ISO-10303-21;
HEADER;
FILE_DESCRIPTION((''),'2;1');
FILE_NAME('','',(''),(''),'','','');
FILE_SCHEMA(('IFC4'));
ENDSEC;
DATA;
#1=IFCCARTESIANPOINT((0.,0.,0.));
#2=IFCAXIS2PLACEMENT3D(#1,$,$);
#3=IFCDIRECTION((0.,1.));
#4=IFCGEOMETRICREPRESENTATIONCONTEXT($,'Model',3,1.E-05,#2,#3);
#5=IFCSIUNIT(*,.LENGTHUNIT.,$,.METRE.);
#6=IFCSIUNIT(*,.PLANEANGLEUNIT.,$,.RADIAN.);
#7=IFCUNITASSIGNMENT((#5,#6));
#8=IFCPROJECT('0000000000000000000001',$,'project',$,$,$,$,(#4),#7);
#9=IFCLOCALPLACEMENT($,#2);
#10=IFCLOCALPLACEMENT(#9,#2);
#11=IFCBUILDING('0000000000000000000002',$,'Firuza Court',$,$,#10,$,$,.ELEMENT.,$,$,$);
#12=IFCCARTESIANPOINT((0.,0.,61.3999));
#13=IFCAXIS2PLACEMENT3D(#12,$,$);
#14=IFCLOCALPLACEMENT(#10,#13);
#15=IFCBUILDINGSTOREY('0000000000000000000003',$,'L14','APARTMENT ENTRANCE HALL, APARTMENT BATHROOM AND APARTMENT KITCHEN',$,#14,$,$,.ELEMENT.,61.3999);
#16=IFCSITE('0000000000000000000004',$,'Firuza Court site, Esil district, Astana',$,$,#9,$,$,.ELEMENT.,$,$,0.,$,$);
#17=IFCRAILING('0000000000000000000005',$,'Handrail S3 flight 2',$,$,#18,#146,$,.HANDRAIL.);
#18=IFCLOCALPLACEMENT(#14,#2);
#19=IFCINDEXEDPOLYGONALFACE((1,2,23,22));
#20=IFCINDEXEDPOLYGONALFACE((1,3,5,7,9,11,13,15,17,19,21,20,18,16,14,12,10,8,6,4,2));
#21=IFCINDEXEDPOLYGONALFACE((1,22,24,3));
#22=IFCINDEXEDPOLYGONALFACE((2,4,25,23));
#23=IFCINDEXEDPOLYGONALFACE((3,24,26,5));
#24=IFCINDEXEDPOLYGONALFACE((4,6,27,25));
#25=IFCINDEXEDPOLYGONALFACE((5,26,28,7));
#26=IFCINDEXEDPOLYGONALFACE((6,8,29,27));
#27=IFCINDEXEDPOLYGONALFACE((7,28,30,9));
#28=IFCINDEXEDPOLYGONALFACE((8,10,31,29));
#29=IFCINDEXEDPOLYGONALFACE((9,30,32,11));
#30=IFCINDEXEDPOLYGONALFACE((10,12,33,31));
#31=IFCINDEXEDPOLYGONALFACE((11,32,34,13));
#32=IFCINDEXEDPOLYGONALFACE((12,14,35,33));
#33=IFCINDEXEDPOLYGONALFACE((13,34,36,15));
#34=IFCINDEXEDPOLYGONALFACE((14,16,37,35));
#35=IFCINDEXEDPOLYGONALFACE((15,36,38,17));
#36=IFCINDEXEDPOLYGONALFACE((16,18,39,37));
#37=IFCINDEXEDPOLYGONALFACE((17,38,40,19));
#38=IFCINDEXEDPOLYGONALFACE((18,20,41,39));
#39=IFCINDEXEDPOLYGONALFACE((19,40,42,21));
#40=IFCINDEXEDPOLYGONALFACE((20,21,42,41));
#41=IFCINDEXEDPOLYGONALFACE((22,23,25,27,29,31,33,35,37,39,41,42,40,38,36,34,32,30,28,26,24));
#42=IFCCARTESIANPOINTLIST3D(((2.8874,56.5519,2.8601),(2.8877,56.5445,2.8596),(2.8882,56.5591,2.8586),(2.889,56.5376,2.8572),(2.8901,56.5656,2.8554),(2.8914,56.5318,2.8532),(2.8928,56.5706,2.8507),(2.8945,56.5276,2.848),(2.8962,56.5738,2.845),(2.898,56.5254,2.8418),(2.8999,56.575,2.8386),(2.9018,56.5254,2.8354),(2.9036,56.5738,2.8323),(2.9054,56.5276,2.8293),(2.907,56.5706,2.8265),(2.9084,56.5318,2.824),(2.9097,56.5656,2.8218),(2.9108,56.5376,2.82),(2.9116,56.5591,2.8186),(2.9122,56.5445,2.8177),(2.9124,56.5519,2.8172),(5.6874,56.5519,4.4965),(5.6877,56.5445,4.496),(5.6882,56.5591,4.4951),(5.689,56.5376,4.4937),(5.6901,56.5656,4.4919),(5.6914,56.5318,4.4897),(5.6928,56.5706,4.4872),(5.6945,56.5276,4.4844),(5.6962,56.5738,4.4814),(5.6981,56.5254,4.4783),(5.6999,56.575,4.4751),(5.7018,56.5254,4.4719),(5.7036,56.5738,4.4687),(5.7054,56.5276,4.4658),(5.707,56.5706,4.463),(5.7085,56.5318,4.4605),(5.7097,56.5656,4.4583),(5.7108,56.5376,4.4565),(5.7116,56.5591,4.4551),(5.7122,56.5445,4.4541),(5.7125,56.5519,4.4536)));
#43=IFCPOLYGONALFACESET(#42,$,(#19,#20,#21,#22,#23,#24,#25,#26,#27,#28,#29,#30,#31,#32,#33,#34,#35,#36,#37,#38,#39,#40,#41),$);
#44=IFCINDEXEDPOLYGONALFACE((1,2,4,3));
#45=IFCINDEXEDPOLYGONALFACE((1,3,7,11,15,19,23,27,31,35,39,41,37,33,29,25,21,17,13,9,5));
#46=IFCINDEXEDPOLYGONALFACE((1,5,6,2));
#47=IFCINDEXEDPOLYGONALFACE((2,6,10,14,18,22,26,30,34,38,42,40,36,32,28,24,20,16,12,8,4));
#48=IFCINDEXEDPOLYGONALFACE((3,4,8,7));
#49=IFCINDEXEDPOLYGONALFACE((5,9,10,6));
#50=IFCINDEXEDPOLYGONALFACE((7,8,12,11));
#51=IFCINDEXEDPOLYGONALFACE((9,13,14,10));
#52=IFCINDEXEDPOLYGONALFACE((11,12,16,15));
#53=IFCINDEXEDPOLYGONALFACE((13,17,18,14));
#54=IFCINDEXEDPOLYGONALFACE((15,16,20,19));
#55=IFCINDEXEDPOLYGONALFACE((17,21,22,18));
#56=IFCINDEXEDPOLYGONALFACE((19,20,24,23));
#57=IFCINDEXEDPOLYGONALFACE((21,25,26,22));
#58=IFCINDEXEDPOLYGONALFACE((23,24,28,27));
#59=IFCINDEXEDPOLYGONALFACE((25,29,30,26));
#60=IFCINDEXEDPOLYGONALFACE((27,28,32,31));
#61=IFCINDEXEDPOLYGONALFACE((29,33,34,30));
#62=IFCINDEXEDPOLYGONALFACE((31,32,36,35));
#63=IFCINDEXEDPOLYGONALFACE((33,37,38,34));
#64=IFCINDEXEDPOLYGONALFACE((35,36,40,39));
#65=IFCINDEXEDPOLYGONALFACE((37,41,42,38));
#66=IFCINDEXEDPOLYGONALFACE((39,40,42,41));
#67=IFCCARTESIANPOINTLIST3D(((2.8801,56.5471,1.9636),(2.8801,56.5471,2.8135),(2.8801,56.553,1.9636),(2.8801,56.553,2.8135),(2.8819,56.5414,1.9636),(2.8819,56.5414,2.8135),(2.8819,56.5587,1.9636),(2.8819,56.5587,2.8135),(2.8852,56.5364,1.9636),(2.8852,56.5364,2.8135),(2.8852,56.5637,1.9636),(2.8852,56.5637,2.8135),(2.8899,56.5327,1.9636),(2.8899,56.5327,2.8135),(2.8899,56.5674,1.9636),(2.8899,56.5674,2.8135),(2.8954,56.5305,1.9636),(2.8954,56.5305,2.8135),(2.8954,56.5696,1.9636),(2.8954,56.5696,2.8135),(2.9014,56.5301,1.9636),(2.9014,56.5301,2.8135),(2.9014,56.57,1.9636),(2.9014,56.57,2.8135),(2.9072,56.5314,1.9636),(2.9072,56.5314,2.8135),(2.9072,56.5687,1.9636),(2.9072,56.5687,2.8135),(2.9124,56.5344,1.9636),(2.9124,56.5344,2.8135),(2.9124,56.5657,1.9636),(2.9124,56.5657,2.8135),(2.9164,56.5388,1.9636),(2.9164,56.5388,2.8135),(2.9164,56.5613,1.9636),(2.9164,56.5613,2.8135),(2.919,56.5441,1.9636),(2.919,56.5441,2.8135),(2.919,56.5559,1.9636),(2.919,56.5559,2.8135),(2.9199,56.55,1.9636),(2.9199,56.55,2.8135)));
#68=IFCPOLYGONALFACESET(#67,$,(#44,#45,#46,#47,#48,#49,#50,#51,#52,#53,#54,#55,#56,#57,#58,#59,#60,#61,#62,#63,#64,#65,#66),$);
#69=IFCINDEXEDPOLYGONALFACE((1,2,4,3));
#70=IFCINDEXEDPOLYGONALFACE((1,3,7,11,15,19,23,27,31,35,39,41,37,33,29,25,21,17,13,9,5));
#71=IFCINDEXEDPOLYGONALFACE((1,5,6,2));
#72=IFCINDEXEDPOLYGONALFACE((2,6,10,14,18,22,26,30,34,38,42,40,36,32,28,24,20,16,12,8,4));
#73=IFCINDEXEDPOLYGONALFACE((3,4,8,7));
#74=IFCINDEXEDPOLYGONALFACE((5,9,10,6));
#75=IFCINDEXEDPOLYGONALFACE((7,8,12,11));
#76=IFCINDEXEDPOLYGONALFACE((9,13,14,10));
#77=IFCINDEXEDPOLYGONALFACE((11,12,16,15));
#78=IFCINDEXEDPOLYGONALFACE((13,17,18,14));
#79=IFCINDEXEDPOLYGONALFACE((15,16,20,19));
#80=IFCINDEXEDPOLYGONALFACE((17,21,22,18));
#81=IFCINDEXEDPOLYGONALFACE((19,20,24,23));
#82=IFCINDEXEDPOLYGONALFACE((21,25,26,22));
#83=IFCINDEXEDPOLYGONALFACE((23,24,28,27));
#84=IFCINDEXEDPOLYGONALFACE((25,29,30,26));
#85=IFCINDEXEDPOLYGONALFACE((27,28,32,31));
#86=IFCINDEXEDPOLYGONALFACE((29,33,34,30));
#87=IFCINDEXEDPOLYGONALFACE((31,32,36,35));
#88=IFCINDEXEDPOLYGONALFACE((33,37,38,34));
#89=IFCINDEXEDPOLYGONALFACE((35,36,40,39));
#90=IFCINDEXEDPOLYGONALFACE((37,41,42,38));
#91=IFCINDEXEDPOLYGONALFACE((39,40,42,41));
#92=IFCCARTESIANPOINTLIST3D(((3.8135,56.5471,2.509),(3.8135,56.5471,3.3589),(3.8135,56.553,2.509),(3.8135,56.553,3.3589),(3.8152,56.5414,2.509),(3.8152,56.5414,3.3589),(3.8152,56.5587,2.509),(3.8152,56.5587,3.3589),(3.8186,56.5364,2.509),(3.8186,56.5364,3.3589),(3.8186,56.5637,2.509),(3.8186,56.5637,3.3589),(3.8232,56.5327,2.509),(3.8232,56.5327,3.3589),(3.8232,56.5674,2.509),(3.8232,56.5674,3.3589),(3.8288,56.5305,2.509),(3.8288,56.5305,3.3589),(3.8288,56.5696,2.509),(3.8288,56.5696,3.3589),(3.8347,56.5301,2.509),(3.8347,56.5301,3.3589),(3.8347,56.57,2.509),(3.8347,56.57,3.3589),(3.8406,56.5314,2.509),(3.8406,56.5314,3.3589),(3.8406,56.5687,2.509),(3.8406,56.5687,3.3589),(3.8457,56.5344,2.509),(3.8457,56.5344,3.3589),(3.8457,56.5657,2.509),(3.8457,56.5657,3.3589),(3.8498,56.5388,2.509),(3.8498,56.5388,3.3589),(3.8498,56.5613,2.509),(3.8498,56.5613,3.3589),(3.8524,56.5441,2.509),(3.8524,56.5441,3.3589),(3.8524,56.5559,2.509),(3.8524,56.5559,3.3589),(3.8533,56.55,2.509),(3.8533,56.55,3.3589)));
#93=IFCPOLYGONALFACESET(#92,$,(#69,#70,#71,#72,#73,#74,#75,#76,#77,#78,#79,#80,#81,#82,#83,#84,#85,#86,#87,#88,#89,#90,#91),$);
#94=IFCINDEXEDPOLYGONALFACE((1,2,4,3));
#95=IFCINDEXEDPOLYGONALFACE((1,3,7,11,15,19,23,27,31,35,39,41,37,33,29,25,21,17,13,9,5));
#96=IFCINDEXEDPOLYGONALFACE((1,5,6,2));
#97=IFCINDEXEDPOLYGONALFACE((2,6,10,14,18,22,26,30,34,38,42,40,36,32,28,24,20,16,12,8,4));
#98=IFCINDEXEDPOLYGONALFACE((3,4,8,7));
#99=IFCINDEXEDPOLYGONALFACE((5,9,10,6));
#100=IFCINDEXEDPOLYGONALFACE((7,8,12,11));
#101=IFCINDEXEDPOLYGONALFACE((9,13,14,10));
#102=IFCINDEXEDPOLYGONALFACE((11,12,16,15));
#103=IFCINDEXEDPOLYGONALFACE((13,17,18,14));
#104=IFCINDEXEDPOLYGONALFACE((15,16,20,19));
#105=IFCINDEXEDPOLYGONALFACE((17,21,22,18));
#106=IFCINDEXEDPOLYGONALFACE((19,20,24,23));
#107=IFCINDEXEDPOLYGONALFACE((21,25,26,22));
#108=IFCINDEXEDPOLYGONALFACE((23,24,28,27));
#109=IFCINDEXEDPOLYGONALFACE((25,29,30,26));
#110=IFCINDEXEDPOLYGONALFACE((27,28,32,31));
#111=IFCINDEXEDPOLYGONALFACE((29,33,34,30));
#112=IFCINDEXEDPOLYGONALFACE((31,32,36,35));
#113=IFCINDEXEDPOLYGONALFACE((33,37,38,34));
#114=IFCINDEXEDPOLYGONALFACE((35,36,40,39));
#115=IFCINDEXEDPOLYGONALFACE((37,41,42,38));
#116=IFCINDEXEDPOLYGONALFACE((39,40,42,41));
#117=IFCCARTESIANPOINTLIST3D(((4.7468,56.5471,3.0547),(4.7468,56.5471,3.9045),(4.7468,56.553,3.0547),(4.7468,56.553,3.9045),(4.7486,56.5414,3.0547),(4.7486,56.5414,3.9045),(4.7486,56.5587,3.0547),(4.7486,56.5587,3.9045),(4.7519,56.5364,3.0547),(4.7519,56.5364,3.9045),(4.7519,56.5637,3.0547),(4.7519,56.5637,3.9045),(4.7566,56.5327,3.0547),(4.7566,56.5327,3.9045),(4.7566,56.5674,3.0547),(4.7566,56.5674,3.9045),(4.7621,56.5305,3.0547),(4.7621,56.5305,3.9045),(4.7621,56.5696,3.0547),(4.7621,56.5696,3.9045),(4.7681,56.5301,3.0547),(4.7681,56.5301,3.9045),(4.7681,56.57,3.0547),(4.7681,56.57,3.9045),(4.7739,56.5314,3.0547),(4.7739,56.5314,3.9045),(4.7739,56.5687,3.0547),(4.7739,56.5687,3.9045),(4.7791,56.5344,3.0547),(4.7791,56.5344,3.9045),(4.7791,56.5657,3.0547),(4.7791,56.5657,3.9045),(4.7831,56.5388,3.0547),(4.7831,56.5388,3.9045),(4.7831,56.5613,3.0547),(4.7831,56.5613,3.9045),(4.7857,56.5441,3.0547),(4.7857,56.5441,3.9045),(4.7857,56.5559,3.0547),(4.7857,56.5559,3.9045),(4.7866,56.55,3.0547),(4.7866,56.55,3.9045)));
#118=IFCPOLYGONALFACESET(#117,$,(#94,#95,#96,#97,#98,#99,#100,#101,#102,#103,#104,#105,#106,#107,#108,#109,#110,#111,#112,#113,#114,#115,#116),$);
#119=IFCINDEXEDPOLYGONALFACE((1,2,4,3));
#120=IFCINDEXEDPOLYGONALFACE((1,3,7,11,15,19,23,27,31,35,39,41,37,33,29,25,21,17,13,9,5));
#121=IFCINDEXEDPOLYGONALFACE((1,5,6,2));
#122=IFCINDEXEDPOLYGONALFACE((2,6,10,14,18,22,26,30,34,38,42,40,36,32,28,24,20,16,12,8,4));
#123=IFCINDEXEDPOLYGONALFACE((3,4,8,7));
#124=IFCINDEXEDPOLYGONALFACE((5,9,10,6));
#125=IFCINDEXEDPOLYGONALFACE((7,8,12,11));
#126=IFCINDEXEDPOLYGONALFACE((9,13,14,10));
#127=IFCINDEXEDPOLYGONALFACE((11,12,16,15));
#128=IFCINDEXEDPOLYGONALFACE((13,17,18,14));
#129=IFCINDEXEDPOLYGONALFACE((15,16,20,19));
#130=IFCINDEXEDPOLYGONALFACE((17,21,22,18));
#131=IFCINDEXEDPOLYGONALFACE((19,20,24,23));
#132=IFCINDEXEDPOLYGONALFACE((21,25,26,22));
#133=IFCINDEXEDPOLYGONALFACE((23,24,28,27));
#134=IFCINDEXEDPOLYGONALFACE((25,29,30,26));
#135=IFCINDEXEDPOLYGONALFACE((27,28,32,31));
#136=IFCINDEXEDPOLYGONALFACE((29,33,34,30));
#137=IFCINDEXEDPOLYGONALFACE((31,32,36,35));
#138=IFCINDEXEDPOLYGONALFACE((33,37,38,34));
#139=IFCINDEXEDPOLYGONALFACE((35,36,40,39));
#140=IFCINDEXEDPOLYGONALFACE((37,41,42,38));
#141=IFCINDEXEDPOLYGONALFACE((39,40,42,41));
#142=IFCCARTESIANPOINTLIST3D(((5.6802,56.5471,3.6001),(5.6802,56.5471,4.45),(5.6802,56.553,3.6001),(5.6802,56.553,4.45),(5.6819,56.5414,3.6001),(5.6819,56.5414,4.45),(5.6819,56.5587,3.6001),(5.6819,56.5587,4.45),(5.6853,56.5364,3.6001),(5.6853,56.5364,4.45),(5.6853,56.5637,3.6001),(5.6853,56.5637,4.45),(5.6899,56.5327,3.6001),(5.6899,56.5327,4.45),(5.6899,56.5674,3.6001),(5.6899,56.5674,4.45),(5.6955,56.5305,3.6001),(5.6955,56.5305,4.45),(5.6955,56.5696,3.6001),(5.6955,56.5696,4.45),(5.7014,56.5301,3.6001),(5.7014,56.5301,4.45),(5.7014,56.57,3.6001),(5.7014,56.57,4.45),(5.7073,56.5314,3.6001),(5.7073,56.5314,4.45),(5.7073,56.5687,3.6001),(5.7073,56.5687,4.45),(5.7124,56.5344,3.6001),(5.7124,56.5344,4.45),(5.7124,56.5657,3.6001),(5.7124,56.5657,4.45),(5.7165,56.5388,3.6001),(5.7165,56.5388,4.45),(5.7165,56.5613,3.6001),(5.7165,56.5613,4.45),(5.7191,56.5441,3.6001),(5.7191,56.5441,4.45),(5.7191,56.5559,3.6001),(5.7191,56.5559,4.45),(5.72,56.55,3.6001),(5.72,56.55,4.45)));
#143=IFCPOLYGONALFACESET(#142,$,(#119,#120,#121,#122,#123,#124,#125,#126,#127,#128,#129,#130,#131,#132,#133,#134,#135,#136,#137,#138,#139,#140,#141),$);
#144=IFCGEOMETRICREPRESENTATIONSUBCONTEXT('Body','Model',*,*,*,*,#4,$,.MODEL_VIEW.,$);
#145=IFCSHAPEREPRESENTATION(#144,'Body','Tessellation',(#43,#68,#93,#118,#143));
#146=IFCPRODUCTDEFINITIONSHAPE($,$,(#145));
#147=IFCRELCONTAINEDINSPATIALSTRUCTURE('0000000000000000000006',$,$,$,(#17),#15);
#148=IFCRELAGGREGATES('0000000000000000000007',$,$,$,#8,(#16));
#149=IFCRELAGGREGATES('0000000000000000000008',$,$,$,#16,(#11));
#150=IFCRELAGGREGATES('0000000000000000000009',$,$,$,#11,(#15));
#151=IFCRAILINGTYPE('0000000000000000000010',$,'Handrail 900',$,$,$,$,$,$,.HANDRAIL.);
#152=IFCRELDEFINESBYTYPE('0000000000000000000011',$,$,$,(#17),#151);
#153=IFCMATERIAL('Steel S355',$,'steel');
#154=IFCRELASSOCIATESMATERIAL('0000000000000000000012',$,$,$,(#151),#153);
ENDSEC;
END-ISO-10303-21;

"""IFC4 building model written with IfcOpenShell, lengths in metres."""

from ifc_helpers import new_model, si_unit, direction, frame, origin, origin_2d, place, context, subcontext, project, spatial, circle, extrude, material, type_object, element, save


model = new_model("IFC4")

# Units and contexts
model_context = context("Model", 3, precision=1e-05, world=origin(), true_north=direction((0.0, 1.0)))
body_context = subcontext(model_context, "Body", "Model", "MODEL_VIEW")
ifc_project = project(units=[si_unit("LENGTHUNIT", "METRE"), si_unit("PLANEANGLEUNIT", "RADIAN")], contexts=[model_context])

# Site, building, storey
site_placement = place(None, origin())
site = spatial("IfcSite", under=ifc_project, at=site_placement, Name="Firuza Court site, Esil district, Astana", CompositionType="ELEMENT", RefElevation=0.0)
building_placement = place(site_placement, origin())
building = spatial("IfcBuilding", under=site, at=building_placement, Name="Firuza Court", CompositionType="ELEMENT")
storey_placement = place(building_placement, frame((0.0, 0.0, 61.3999)))
storey = spatial("IfcBuildingStorey", under=building, at=storey_placement, Name="L14", Description="APARTMENT ENTRANCE HALL, APARTMENT BATHROOM AND APARTMENT KITCHEN", CompositionType="ELEMENT", Elevation=61.3999)

# Railing
ifc_material_1 = material(Name="Steel S355", Category="steel")
railing_type_1 = type_object("IfcRailingType", Name="Handrail 900", PredefinedType="HANDRAIL", material=ifc_material_1)
railing_1_placement = place(storey_placement, frame((2.8999, 56.55, 1.9636)))
element("IfcRailing", 1, at=railing_1_placement, inside=storey, type_object=railing_type_1, Name="Handrail S3 flight 2", PredefinedType="HANDRAIL", context=body_context, shape_type="SweptSolid", body=[
    extrude(circle(Radius=0.0249, at=origin_2d()), frame((0.0, 0.0, 0.875), z_axis=(0.863361, 0.0, 0.504587), x_axis=(0.0, 1.0, 0.0)), (0.0, 0.0, 1.0), 3.2432),
    extrude(circle(Radius=0.02, at=origin_2d()), origin(), (0.0, 0.0, 1.0), 0.8499),
    extrude(circle(Radius=0.02, at=origin_2d()), frame((0.9333, 0.0, 0.5454)), (0.0, 0.0, 1.0), 0.8499),
    extrude(circle(Radius=0.02, at=origin_2d()), frame((1.8667, 0.0, 1.0911)), (0.0, 0.0, 1.0), 0.8499),
    extrude(circle(Radius=0.02, at=origin_2d()), frame((2.8, 0.0, 1.6365)), (0.0, 0.0, 1.0), 0.8499),
])

save(model, "model.ifc")
